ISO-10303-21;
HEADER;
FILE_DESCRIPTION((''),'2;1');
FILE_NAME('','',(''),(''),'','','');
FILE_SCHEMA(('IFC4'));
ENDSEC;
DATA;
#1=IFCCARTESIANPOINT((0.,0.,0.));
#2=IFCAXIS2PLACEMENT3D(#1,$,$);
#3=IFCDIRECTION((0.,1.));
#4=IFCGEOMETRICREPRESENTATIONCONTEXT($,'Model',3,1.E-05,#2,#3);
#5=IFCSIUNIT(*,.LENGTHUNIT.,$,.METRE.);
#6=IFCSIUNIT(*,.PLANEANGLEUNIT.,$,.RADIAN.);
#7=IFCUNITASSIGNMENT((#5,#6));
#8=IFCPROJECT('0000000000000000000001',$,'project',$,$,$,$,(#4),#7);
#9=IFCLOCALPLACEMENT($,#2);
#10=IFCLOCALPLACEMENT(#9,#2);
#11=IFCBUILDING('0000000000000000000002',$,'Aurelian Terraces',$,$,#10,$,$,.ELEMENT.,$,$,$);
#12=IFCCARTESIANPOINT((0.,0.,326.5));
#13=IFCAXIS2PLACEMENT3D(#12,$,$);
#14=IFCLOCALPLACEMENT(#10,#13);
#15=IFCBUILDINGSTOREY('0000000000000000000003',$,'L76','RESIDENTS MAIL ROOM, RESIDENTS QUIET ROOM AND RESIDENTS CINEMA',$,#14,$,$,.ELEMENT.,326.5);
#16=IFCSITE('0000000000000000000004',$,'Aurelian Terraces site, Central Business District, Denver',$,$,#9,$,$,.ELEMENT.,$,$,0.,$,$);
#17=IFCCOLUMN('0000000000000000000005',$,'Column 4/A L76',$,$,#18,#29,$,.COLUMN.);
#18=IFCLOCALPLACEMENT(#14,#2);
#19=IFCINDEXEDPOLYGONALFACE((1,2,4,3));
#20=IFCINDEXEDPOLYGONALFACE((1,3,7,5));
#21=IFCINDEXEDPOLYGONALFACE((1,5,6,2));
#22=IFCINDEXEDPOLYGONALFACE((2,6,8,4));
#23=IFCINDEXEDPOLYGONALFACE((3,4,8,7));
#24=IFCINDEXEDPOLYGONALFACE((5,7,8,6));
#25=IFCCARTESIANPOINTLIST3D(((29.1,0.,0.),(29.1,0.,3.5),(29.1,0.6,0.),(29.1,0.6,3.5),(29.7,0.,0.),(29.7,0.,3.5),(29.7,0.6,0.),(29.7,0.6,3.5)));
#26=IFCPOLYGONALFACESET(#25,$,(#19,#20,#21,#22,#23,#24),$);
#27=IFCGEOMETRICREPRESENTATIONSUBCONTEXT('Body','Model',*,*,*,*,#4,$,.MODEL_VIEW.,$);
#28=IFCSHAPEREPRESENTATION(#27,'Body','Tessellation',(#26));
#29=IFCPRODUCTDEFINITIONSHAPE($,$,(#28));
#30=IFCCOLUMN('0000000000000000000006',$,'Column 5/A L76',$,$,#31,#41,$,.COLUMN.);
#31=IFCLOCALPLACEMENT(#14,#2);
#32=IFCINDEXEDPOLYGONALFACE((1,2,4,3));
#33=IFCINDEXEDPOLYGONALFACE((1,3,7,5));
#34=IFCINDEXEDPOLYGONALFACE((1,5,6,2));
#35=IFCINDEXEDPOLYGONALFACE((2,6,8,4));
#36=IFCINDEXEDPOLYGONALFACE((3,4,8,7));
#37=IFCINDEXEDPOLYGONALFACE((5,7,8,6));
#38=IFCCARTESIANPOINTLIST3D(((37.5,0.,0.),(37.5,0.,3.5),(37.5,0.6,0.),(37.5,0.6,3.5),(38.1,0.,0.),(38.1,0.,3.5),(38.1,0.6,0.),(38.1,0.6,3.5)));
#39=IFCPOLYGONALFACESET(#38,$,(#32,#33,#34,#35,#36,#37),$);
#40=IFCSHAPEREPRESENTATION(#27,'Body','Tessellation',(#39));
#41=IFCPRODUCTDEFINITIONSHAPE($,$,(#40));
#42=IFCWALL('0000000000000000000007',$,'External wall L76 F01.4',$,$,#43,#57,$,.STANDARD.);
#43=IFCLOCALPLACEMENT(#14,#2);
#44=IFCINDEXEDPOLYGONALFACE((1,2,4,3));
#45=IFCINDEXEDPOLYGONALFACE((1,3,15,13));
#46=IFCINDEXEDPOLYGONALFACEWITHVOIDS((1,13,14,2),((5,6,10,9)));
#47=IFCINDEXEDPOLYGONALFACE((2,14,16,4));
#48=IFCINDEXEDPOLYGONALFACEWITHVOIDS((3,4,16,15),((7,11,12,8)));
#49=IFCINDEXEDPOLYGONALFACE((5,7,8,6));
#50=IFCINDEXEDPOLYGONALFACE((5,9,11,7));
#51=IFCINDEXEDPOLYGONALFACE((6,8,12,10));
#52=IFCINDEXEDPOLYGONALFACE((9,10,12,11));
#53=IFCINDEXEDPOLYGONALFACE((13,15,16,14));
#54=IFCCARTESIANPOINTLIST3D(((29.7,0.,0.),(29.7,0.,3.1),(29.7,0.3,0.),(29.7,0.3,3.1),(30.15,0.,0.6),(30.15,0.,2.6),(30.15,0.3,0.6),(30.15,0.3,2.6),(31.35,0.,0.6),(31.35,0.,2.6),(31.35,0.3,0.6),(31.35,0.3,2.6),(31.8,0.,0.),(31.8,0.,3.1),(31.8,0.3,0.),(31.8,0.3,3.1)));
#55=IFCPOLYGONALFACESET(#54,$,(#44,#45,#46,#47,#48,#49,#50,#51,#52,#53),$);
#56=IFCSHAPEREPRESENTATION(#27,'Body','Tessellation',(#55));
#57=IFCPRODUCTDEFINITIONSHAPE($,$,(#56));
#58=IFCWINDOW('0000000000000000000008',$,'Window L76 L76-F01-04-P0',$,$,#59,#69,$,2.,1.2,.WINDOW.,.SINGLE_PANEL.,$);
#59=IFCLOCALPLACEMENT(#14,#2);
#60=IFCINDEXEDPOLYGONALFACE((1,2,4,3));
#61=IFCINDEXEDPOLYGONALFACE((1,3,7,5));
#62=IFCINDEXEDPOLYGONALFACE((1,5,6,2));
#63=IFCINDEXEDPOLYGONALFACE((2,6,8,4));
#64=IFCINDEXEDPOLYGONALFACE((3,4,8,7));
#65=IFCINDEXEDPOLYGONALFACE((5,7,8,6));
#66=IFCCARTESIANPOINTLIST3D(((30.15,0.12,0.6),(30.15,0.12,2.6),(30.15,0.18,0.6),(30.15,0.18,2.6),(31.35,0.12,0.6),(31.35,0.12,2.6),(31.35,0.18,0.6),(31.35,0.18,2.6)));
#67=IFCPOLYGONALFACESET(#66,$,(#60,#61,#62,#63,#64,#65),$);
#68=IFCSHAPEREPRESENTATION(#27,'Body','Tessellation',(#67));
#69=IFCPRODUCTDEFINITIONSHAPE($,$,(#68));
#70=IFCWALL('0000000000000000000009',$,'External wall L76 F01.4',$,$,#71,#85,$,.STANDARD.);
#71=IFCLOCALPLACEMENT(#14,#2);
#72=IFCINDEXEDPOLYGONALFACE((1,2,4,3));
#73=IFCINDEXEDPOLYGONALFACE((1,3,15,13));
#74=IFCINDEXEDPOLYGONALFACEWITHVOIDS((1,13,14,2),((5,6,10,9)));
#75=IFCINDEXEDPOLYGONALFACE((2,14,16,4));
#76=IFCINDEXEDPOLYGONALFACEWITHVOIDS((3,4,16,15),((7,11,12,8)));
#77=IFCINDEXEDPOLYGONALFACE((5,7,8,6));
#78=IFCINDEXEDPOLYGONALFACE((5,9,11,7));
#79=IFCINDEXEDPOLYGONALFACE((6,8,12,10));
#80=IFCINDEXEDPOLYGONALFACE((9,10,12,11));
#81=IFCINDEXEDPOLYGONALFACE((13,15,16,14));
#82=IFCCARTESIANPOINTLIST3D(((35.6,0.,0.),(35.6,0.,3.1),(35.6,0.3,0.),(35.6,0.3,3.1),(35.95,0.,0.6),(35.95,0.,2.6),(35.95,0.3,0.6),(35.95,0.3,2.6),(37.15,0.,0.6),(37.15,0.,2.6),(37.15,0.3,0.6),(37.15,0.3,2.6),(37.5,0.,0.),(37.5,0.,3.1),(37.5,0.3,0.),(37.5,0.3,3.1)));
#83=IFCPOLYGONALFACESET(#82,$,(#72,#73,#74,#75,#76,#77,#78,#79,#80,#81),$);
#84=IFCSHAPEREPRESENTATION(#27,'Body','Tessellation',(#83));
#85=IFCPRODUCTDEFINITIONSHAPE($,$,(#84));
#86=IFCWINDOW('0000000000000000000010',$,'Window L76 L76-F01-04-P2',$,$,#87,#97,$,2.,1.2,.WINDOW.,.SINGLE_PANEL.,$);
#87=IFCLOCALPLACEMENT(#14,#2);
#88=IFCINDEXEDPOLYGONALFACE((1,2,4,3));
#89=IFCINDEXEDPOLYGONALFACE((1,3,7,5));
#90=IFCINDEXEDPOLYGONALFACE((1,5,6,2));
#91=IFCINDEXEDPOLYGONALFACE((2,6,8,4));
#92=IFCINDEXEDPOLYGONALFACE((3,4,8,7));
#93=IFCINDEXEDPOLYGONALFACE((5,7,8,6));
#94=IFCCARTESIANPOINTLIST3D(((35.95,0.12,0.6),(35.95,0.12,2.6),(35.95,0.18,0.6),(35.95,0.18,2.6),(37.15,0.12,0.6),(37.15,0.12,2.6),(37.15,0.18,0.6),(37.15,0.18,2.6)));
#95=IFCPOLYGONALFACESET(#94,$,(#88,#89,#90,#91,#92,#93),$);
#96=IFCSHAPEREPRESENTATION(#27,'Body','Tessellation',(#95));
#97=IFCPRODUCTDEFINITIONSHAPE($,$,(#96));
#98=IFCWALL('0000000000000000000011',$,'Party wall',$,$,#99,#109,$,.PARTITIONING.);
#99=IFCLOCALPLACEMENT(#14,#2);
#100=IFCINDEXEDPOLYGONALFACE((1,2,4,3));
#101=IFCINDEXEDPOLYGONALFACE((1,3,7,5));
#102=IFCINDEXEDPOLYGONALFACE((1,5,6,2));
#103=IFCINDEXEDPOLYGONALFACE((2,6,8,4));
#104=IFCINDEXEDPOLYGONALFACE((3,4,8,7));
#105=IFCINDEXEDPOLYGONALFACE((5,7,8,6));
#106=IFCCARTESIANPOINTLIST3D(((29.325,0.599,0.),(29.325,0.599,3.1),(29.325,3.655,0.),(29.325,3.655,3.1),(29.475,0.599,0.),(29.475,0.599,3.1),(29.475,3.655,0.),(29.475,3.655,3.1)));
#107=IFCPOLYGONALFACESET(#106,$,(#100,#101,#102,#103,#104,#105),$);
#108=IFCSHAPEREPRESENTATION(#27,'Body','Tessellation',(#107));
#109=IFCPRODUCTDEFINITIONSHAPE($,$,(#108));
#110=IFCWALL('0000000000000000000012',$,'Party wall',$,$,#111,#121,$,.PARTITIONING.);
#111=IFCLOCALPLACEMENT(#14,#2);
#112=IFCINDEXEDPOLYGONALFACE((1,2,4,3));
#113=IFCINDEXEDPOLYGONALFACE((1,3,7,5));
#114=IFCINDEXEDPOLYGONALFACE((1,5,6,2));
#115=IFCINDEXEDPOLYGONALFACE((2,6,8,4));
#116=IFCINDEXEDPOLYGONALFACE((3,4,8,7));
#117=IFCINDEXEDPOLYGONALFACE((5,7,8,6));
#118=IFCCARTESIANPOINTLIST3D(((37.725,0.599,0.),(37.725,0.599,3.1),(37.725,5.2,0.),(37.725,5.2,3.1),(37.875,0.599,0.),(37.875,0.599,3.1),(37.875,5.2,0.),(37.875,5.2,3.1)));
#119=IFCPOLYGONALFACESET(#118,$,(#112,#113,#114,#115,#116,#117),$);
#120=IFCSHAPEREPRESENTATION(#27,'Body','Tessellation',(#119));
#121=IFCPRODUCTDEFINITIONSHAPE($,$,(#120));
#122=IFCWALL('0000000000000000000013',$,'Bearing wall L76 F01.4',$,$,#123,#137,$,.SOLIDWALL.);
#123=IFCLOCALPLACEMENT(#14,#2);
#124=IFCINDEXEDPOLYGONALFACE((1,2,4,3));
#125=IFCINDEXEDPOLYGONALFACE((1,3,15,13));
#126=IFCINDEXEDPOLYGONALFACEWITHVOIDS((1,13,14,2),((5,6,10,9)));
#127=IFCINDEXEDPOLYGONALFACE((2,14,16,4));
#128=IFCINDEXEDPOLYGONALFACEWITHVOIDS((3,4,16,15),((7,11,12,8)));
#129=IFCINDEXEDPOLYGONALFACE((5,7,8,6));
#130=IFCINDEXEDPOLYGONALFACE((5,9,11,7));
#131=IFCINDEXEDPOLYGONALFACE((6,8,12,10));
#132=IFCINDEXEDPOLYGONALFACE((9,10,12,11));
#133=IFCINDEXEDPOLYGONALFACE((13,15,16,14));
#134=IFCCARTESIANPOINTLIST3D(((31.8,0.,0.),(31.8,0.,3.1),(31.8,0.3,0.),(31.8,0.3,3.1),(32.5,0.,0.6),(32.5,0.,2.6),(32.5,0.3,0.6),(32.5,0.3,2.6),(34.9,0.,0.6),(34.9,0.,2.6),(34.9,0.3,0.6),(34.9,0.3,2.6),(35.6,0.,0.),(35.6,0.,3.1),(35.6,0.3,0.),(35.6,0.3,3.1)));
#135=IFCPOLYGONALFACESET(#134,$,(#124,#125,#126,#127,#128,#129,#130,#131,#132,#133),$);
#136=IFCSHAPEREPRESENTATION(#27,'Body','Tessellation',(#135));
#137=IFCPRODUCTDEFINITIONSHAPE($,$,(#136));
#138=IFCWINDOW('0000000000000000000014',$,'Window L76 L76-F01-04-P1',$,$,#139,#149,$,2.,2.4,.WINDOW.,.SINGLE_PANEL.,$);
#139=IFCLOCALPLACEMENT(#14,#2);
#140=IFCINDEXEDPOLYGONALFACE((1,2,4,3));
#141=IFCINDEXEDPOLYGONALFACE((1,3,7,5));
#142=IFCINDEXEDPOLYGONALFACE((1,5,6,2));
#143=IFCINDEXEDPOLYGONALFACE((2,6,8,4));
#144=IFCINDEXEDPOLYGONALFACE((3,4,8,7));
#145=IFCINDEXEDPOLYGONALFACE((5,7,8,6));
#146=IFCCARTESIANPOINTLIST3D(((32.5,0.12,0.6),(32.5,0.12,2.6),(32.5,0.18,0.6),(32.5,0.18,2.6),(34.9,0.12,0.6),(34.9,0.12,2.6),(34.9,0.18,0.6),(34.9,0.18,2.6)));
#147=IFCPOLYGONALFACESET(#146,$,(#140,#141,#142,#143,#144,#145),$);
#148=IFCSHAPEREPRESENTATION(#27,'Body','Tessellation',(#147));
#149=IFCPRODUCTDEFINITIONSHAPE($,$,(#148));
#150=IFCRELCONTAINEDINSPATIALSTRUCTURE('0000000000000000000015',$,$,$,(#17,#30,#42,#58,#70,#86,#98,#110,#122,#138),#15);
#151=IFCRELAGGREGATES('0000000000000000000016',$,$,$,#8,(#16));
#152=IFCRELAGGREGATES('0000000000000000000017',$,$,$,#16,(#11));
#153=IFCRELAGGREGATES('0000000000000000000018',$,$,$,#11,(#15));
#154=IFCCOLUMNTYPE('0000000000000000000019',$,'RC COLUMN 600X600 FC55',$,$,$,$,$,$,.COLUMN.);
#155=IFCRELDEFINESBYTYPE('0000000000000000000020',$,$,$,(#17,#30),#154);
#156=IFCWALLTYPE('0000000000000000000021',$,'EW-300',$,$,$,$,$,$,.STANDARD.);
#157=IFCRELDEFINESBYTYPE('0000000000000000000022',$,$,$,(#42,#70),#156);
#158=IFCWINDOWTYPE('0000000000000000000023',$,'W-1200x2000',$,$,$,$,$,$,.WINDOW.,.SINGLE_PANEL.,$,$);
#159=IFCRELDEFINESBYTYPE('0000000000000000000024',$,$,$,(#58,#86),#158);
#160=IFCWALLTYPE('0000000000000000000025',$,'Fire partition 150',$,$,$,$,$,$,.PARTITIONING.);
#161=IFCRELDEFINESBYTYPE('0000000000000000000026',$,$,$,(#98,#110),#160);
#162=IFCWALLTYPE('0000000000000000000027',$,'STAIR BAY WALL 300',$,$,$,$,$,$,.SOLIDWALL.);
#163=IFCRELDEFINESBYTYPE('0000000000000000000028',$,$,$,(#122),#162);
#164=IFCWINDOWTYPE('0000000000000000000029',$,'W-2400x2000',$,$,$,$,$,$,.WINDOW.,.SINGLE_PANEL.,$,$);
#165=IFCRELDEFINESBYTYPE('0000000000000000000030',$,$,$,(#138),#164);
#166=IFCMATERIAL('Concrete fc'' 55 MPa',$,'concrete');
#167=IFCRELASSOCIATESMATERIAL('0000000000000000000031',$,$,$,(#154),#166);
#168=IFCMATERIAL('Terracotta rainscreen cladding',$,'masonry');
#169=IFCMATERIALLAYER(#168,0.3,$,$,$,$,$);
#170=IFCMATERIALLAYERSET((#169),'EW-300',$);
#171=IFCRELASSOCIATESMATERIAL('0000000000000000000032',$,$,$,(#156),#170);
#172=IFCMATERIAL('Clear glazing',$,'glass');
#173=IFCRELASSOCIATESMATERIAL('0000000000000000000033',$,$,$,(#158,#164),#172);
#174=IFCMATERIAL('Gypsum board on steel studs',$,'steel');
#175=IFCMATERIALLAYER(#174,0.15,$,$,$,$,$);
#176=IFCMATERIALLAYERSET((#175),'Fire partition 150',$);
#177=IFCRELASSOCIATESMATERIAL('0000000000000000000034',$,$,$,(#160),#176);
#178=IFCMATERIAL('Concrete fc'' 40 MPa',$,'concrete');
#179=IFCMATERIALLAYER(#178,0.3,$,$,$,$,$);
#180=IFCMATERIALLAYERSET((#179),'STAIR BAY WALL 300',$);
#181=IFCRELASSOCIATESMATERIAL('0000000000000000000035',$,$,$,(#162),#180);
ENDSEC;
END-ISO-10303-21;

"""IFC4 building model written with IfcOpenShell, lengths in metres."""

from ifc_helpers import new_model, si_unit, direction, frame, frame_2d, origin, origin_2d, place, context, subcontext, project, spatial, rectangle, extrude, source, transform, mapped, material, layer, layer_set, material_profile, profile_set, type_object, element, fill, save


model = new_model("IFC4")

# Units and contexts
model_context = context("Model", 3, precision=1e-05, world=origin(), true_north=direction((0.0, 1.0)))
body_context = subcontext(model_context, "Body", "Model", "MODEL_VIEW")
ifc_project = project(units=[si_unit("LENGTHUNIT", "METRE"), si_unit("PLANEANGLEUNIT", "RADIAN")], contexts=[model_context])

# Site, building, storey
site_placement = place(None, origin())
site = spatial("IfcSite", under=ifc_project, at=site_placement, Name="Aurelian Terraces site, Central Business District, Denver", CompositionType="ELEMENT", RefElevation=0.0)
building_placement = place(site_placement, origin())
building = spatial("IfcBuilding", under=site, at=building_placement, Name="Aurelian Terraces", CompositionType="ELEMENT")
storey_placement = place(building_placement, frame((0.0, 0.0, 326.5)))
storey = spatial("IfcBuildingStorey", under=building, at=storey_placement, Name="L76", Description="RESIDENTS MAIL ROOM, RESIDENTS QUIET ROOM AND RESIDENTS CINEMA", CompositionType="ELEMENT", Elevation=326.5)

# Columns
ifc_material_1 = material(Name="Concrete fc' 55 MPa", Category="concrete")
ifc_material_profile = material_profile(ifc_material_1, rectangle(XDim=0.6, YDim=0.6, at=origin_2d()))
ifc_profile_set = profile_set([ifc_material_profile], Name="Concrete fc' 55 MPa")
column_type = type_object("IfcColumnType", Name="RC COLUMN 600X600 FC55", PredefinedType="COLUMN", material=ifc_profile_set)
shared_shape_1 = source(origin(), body_context, "Body", "SweptSolid", [
    extrude(rectangle(XDim=0.6, YDim=0.6, at=origin_2d()), origin(), (0.0, 0.0, 1.0), 3.5),
])
for number, where, z_axis, x_axis, name in (
    (1, (29.4, 0.3, 0.0), (0.0, 0.0, 1.0), (1.0, 0.0, 0.0), "Column 4/A L76"),
    (2, (37.8, 0.3, 0.0), (0.0, 0.0, 1.0), (1.0, 0.0, 0.0), "Column 5/A L76"),
):
    element("IfcColumn", number, at=place(storey_placement, frame(where, z_axis=z_axis, x_axis=x_axis)), inside=storey, type_object=column_type, Name=name, PredefinedType="COLUMN", context=body_context, shape_type="MappedRepresentation", body=[
        mapped(shared_shape_1, transform((0.0, 0.0, 0.0), scale=1.0)),
    ])

# Walls, openings, windows
ifc_material_2 = material(Name="Terracotta rainscreen cladding", Category="masonry")
ifc_layer_1 = layer(ifc_material_2, 0.3)
ifc_layer_set_1 = layer_set([ifc_layer_1], Name="EW-300")
wall_type_1 = type_object("IfcWallType", Name="EW-300", PredefinedType="STANDARD", material=ifc_layer_set_1)
wall_1_placement = place(storey_placement, frame((29.7, 0.15, 0.0), z_axis=(0.0, 0.0, 1.0), x_axis=(1.0, 0.0, 0.0)))
wall_1 = element("IfcWall", 3, at=wall_1_placement, inside=storey, type_object=wall_type_1, Name="External wall L76 F01.4", PredefinedType="STANDARD", context=body_context, shape_type="SweptSolid", body=[
    extrude(rectangle(XDim=2.1, YDim=0.3, at=frame_2d((1.05, 0.0))), origin(), (0.0, 0.0, 1.0), 3.1),
])
shared_shape_2 = source(origin(), body_context, "Body", "SweptSolid", [
    extrude(rectangle(XDim=1.2, YDim=2.0, at=frame_2d((0.6, 1.0))), frame((0.0, 0.16, 0.0), z_axis=(0.0, -1.0, 0.0), x_axis=(1.0, 0.0, 0.0)), (0.0, 0.0, 1.0), 0.32),
])
opening_1_placement = place(wall_1_placement, frame((0.45, 0.0, 0.6)))
opening_1 = element("IfcOpeningElement", 4, at=opening_1_placement, cuts=wall_1, PredefinedType="OPENING", context=body_context, shape_type="MappedRepresentation", body=[
    mapped(shared_shape_2, transform((0.0, 0.0, 0.0), scale=1.0)),
])
ifc_material_3 = material(Name="Clear glazing", Category="glass")
window_type_1 = type_object("IfcWindowType", Name="W-1200x2000", PartitioningType="SINGLE_PANEL", PredefinedType="WINDOW", material=ifc_material_3)
shared_shape_3 = source(origin(), body_context, "Body", "SweptSolid", [
    extrude(rectangle(XDim=1.2, YDim=2.0, at=frame_2d((0.6, 1.0))), frame((0.0, 0.03, 0.0), z_axis=(0.0, -1.0, 0.0), x_axis=(1.0, 0.0, 0.0)), (0.0, 0.0, 1.0), 0.06),
])
window_1_placement = place(opening_1_placement, origin())
window_1 = element("IfcWindow", 5, at=window_1_placement, inside=storey, type_object=window_type_1, Name="Window L76 L76-F01-04-P0", OverallHeight=2.0, OverallWidth=1.2, PartitioningType="SINGLE_PANEL", PredefinedType="WINDOW", context=body_context, shape_type="MappedRepresentation", body=[
    mapped(shared_shape_3, transform((0.0, 0.0, 0.0), scale=1.0)),
])
fill(opening_1, window_1)
wall_2_placement = place(storey_placement, frame((35.6, 0.15, 0.0), z_axis=(0.0, 0.0, 1.0), x_axis=(1.0, 0.0, 0.0)))
wall_2 = element("IfcWall", 6, at=wall_2_placement, inside=storey, type_object=wall_type_1, Name="External wall L76 F01.4", PredefinedType="STANDARD", context=body_context, shape_type="SweptSolid", body=[
    extrude(rectangle(XDim=1.9, YDim=0.3, at=frame_2d((0.95, 0.0))), origin(), (0.0, 0.0, 1.0), 3.1),
])
opening_2_placement = place(wall_2_placement, frame((0.35, 0.0, 0.6)))
opening_2 = element("IfcOpeningElement", 7, at=opening_2_placement, cuts=wall_2, PredefinedType="OPENING", context=body_context, shape_type="MappedRepresentation", body=[
    mapped(shared_shape_2, transform((0.0, 0.0, 0.0), scale=1.0)),
])
window_2_placement = place(opening_2_placement, origin())
window_2 = element("IfcWindow", 8, at=window_2_placement, inside=storey, type_object=window_type_1, Name="Window L76 L76-F01-04-P2", OverallHeight=2.0, OverallWidth=1.2, PartitioningType="SINGLE_PANEL", PredefinedType="WINDOW", context=body_context, shape_type="MappedRepresentation", body=[
    mapped(shared_shape_3, transform((0.0, 0.0, 0.0), scale=1.0)),
])
fill(opening_2, window_2)

# Walls
ifc_material_4 = material(Name="Gypsum board on steel studs", Category="steel")
ifc_layer_2 = layer(ifc_material_4, 0.15)
ifc_layer_set_2 = layer_set([ifc_layer_2], Name="Fire partition 150")
wall_type_2 = type_object("IfcWallType", Name="Fire partition 150", PredefinedType="PARTITIONING", material=ifc_layer_set_2)
wall_3_placement = place(storey_placement, frame((29.4, 0.599, 0.0), z_axis=(0.0, 0.0, 1.0), x_axis=(0.0, 1.0, 0.0)))
element("IfcWall", 9, at=wall_3_placement, inside=storey, type_object=wall_type_2, Name="Party wall", PredefinedType="PARTITIONING", context=body_context, shape_type="SweptSolid", body=[
    extrude(rectangle(XDim=3.056, YDim=0.15, at=frame_2d((1.528, 0.0))), origin(), (0.0, 0.0, 1.0), 3.1),
])
wall_4_placement = place(storey_placement, frame((37.8, 0.599, 0.0), z_axis=(0.0, 0.0, 1.0), x_axis=(0.0, 1.0, 0.0)))
element("IfcWall", 10, at=wall_4_placement, inside=storey, type_object=wall_type_2, Name="Party wall", PredefinedType="PARTITIONING", context=body_context, shape_type="SweptSolid", body=[
    extrude(rectangle(XDim=4.601, YDim=0.15, at=frame_2d((2.3005, 0.0))), origin(), (0.0, 0.0, 1.0), 3.1),
])

# Wall, opening, window
ifc_material_5 = material(Name="Concrete fc' 40 MPa", Category="concrete")
ifc_layer_3 = layer(ifc_material_5, 0.3)
ifc_layer_set_3 = layer_set([ifc_layer_3], Name="STAIR BAY WALL 300")
wall_type_3 = type_object("IfcWallType", Name="STAIR BAY WALL 300", PredefinedType="SOLIDWALL", material=ifc_layer_set_3)
shared_shape_4 = source(origin(), body_context, "Body", "SweptSolid", [
    extrude(rectangle(XDim=3.8, YDim=0.3, at=frame_2d((1.9, 0.0))), origin(), (0.0, 0.0, 1.0), 3.1),
])
wall_5_placement = place(storey_placement, frame((31.8, 0.15, 0.0), z_axis=(0.0, 0.0, 1.0), x_axis=(1.0, 0.0, 0.0)))
wall_5 = element("IfcWall", 11, at=wall_5_placement, inside=storey, type_object=wall_type_3, Name="Bearing wall L76 F01.4", PredefinedType="SOLIDWALL", context=body_context, shape_type="MappedRepresentation", body=[
    mapped(shared_shape_4, transform((0.0, 0.0, 0.0), scale=1.0)),
])
shared_shape_5 = source(origin(), body_context, "Body", "SweptSolid", [
    extrude(rectangle(XDim=2.4, YDim=2.0, at=frame_2d((1.2, 1.0))), frame((0.0, 0.16, 0.0), z_axis=(0.0, -1.0, 0.0), x_axis=(1.0, 0.0, 0.0)), (0.0, 0.0, 1.0), 0.32),
])
opening_3_placement = place(wall_5_placement, frame((0.7, 0.0, 0.6)))
opening_3 = element("IfcOpeningElement", 12, at=opening_3_placement, cuts=wall_5, PredefinedType="OPENING", context=body_context, shape_type="MappedRepresentation", body=[
    mapped(shared_shape_5, transform((0.0, 0.0, 0.0), scale=1.0)),
])
window_type_2 = type_object("IfcWindowType", Name="W-2400x2000", PartitioningType="SINGLE_PANEL", PredefinedType="WINDOW", material=ifc_material_3)
shared_shape_6 = source(origin(), body_context, "Body", "SweptSolid", [
    extrude(rectangle(XDim=2.4, YDim=2.0, at=frame_2d((1.2, 1.0))), frame((0.0, 0.03, 0.0), z_axis=(0.0, -1.0, 0.0), x_axis=(1.0, 0.0, 0.0)), (0.0, 0.0, 1.0), 0.06),
])
window_3_placement = place(opening_3_placement, origin())
window_3 = element("IfcWindow", 13, at=window_3_placement, inside=storey, type_object=window_type_2, Name="Window L76 L76-F01-04-P1", OverallHeight=2.0, OverallWidth=2.4, PartitioningType="SINGLE_PANEL", PredefinedType="WINDOW", context=body_context, shape_type="MappedRepresentation", body=[
    mapped(shared_shape_6, transform((0.0, 0.0, 0.0), scale=1.0)),
])
fill(opening_3, window_3)

save(model, "model.ifc")
